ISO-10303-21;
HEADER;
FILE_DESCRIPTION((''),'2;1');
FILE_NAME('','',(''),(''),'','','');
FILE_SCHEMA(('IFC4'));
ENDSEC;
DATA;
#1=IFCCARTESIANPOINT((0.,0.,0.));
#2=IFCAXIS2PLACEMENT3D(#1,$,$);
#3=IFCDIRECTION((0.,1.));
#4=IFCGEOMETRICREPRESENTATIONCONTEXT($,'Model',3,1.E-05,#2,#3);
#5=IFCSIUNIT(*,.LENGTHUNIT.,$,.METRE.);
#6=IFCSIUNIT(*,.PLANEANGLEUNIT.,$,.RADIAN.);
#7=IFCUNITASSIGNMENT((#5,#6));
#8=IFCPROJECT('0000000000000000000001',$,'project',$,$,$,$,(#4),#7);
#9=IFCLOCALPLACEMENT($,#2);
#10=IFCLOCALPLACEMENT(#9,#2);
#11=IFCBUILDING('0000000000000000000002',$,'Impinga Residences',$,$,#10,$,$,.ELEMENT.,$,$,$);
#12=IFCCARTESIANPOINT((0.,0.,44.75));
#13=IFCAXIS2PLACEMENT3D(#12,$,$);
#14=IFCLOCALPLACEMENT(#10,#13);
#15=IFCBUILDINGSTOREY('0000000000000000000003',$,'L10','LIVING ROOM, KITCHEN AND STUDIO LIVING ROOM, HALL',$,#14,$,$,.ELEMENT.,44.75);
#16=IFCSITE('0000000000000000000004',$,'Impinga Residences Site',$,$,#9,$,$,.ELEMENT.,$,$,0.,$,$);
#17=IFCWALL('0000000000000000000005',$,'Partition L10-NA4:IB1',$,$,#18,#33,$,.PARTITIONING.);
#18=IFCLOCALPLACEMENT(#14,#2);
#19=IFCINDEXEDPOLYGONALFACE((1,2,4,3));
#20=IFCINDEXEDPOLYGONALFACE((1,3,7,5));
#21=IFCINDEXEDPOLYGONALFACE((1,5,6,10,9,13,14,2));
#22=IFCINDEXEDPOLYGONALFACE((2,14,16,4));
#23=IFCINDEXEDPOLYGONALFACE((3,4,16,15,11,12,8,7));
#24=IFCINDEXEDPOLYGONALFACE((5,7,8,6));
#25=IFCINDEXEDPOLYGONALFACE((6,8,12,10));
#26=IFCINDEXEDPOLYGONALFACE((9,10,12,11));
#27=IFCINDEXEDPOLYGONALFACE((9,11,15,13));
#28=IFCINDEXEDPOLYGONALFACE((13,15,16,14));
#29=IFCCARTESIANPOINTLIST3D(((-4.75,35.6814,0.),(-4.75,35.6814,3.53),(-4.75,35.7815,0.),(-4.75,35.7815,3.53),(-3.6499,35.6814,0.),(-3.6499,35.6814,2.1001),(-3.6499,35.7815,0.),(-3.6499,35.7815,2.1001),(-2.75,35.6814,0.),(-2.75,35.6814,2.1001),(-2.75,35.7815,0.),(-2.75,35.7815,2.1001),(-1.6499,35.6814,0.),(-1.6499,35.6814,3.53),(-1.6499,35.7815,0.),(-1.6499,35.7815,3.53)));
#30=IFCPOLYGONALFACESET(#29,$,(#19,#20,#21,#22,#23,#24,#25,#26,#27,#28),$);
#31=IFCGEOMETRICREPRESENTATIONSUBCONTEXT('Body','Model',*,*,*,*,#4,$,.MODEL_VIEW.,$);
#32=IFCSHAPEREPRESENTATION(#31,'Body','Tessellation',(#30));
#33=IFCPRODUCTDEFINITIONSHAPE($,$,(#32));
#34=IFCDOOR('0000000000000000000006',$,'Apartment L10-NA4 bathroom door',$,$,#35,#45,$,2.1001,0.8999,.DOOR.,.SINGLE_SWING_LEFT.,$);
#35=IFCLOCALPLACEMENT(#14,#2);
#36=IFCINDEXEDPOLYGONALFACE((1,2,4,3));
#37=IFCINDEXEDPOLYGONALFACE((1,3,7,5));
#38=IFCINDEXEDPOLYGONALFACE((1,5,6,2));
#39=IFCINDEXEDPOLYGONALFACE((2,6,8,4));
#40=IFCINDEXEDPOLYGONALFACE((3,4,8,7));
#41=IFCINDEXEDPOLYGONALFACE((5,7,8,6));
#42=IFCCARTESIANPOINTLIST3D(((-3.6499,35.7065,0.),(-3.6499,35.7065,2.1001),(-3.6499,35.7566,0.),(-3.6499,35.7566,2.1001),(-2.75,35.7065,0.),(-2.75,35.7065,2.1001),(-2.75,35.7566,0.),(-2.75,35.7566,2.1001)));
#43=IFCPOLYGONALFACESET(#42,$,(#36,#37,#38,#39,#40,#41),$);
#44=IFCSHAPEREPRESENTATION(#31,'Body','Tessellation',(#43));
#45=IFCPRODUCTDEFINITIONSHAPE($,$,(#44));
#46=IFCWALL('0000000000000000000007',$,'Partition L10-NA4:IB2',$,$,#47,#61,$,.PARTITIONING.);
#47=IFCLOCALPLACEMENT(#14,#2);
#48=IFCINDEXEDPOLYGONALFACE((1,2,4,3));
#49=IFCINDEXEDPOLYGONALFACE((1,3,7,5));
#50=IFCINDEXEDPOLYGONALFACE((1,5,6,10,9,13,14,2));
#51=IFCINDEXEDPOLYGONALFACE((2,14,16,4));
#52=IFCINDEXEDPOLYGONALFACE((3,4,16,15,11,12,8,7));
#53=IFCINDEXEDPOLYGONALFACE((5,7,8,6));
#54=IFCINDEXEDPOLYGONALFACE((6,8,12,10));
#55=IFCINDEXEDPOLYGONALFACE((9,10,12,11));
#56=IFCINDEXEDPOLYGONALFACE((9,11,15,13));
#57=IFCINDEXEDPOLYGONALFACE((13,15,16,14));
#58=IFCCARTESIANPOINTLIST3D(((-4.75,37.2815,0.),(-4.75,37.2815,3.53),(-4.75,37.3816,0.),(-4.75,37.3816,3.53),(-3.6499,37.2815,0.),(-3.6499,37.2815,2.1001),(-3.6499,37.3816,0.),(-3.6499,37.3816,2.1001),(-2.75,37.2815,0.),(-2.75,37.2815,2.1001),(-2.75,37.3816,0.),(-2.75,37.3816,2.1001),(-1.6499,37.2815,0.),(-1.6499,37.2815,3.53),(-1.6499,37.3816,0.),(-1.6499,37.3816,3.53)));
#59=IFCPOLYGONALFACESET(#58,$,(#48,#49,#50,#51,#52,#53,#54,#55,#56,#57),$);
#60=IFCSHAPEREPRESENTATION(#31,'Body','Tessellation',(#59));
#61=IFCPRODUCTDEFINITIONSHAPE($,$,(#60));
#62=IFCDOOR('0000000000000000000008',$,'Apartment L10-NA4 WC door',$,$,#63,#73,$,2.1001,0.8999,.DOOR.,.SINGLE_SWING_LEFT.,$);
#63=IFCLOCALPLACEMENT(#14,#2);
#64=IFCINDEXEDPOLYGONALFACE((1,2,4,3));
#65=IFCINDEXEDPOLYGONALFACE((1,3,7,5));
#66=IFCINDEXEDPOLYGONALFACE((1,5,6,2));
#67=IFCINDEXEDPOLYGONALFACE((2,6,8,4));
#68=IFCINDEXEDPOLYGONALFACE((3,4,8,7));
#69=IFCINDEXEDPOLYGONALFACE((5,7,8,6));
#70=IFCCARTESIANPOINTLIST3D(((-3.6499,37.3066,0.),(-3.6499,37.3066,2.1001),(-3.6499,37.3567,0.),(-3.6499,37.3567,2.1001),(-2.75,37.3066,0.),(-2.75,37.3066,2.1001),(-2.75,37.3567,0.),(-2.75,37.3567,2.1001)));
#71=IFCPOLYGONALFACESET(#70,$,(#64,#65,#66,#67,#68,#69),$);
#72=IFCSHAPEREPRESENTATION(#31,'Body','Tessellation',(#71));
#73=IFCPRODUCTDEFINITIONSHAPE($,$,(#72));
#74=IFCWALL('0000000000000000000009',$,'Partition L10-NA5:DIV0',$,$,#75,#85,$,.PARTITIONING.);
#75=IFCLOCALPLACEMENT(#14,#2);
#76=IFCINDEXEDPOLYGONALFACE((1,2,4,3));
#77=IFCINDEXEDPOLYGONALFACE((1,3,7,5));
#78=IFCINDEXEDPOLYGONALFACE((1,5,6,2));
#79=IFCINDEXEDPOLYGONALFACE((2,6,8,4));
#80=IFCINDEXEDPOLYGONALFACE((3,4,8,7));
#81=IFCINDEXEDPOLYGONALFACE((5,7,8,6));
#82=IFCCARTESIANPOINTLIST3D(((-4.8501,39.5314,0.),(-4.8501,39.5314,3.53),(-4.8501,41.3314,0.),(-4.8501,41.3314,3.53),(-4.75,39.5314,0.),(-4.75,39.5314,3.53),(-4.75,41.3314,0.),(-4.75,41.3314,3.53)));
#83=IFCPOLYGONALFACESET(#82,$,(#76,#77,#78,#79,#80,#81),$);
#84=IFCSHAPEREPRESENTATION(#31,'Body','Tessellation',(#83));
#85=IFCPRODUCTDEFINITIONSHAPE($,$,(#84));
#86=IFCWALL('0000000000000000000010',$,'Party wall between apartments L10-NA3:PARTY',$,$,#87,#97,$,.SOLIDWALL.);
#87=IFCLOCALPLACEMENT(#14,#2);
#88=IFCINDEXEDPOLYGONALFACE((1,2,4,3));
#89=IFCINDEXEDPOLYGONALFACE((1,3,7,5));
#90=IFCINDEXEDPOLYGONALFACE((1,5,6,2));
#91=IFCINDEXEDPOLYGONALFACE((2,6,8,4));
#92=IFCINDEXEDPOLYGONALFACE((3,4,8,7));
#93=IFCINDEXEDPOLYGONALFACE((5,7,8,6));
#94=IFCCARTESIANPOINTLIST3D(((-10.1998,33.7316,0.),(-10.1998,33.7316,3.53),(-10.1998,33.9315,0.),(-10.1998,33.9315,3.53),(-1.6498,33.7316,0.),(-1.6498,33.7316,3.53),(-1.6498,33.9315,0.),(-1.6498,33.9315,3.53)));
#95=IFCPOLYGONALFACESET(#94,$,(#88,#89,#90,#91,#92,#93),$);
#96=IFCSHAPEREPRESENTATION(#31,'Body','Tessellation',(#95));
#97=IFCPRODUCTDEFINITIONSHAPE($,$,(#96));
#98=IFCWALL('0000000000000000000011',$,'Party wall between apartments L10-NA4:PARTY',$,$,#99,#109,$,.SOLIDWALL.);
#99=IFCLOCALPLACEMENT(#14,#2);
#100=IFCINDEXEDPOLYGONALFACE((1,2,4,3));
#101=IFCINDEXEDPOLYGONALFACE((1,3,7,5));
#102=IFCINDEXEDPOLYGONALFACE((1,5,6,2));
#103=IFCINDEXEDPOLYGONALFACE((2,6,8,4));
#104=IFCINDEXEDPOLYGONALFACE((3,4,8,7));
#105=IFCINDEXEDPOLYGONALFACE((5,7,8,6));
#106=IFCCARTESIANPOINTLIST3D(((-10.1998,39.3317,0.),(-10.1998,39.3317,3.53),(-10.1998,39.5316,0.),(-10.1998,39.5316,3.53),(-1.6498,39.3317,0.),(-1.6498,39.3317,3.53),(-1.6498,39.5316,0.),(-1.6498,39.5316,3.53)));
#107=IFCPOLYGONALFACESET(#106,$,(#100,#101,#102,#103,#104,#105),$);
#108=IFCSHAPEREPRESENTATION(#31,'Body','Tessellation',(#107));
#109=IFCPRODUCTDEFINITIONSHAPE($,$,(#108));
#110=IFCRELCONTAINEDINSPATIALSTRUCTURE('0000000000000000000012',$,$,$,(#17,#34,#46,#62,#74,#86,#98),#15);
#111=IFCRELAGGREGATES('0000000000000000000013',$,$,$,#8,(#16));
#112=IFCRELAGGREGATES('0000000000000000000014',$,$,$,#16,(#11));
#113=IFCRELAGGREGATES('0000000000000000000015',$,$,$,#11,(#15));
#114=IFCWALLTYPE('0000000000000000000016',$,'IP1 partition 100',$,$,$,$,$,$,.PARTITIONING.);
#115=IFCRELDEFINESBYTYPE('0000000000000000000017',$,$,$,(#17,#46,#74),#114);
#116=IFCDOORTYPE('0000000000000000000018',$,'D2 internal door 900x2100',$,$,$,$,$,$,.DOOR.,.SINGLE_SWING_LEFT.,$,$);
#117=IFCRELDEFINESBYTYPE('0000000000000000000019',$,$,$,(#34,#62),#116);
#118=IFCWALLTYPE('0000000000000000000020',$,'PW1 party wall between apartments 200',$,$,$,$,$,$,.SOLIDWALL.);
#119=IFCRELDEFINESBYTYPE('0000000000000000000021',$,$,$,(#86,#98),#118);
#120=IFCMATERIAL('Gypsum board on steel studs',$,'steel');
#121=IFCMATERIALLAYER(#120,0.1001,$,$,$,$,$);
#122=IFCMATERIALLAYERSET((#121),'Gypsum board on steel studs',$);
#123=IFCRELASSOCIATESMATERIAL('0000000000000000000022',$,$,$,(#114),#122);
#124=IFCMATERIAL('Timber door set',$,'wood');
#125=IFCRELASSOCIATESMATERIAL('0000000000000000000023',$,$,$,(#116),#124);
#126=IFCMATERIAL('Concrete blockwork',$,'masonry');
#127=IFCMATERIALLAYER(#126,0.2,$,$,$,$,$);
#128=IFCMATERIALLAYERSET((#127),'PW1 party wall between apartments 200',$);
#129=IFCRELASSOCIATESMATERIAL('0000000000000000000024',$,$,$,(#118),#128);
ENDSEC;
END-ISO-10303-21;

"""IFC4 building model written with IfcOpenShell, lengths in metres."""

from ifc_helpers import new_model, si_unit, direction, frame, frame_2d, origin, place, context, subcontext, project, spatial, rectangle, extrude, material, layer, layer_set, type_object, element, fill, save


model = new_model("IFC4")

# Units and contexts
model_context = context("Model", 3, precision=1e-05, world=origin(), true_north=direction((0.0, 1.0)))
body_context = subcontext(model_context, "Body", "Model", "MODEL_VIEW")
ifc_project = project(units=[si_unit("LENGTHUNIT", "METRE"), si_unit("PLANEANGLEUNIT", "RADIAN")], contexts=[model_context])

# Site, building, storey
site_placement = place(None, origin())
site = spatial("IfcSite", under=ifc_project, at=site_placement, Name="Impinga Residences Site", CompositionType="ELEMENT", RefElevation=0.0)
building_placement = place(site_placement, origin())
building = spatial("IfcBuilding", under=site, at=building_placement, Name="Impinga Residences", CompositionType="ELEMENT")
storey_placement = place(building_placement, frame((0.0, 0.0, 44.75)))
storey = spatial("IfcBuildingStorey", under=building, at=storey_placement, Name="L10", Description="LIVING ROOM, KITCHEN AND STUDIO LIVING ROOM, HALL", CompositionType="ELEMENT", Elevation=44.75)

# Shared definitions
ifc_material_1 = material(Name="Gypsum board on steel studs", Category="steel")
ifc_layer_1 = layer(ifc_material_1, 0.1001)
ifc_layer_set_1 = layer_set([ifc_layer_1], Name="Gypsum board on steel studs")
wall_type_1 = type_object("IfcWallType", Name="IP1 partition 100", PredefinedType="PARTITIONING", material=ifc_layer_set_1)

# Shared definitions
ifc_material_2 = material(Name="Timber door set", Category="wood")
door_type = type_object("IfcDoorType", Name="D2 internal door 900x2100", OperationType="SINGLE_SWING_LEFT", PredefinedType="DOOR", material=ifc_material_2)

# Walls, openings, doors
wall_1_placement = place(storey_placement, frame((-1.6499, 35.7314, 0.0), z_axis=(0.0, 0.0, 1.0), x_axis=(-1.0, 0.0, 0.0)))
wall_1 = element("IfcWall", 1, at=wall_1_placement, inside=storey, type_object=wall_type_1, Name="Partition L10-NA4:IB1", PredefinedType="PARTITIONING", context=body_context, shape_type="SweptSolid", body=[
    extrude(rectangle(XDim=3.1001, YDim=0.1001, at=frame_2d((1.55, 0.0))), origin(), (0.0, 0.0, 1.0), 3.53),
])
opening_1_placement = place(wall_1_placement, frame((1.1001, 0.0, 0.0)))
opening_1 = element("IfcOpeningElement", 2, at=opening_1_placement, cuts=wall_1, PredefinedType="OPENING", context=body_context, shape_type="SweptSolid", body=[
    extrude(rectangle(XDim=0.8999, YDim=2.1001, at=frame_2d((0.45, 1.05))), frame((0.0, 0.0601, 0.0), z_axis=(0.0, -1.0, 0.0), x_axis=(1.0, 0.0, 0.0)), (0.0, 0.0, 1.0), 0.1201),
])
door_1_placement = place(opening_1_placement, origin())
door_1 = element("IfcDoor", 3, at=door_1_placement, inside=storey, type_object=door_type, Name="Apartment L10-NA4 bathroom door", OperationType="SINGLE_SWING_LEFT", OverallHeight=2.1001, OverallWidth=0.8999, PredefinedType="DOOR", context=body_context, shape_type="SweptSolid", body=[
    extrude(rectangle(XDim=0.8999, YDim=2.1001, at=frame_2d((0.45, 1.05))), frame((0.0, 0.0249, 0.0), z_axis=(0.0, -1.0, 0.0), x_axis=(1.0, 0.0, 0.0)), (0.0, 0.0, 1.0), 0.05),
])
fill(opening_1, door_1)
wall_2_placement = place(storey_placement, frame((-1.6499, 37.3315, 0.0), z_axis=(0.0, 0.0, 1.0), x_axis=(-1.0, 0.0, 0.0)))
wall_2 = element("IfcWall", 4, at=wall_2_placement, inside=storey, type_object=wall_type_1, Name="Partition L10-NA4:IB2", PredefinedType="PARTITIONING", context=body_context, shape_type="SweptSolid", body=[
    extrude(rectangle(XDim=3.1001, YDim=0.1001, at=frame_2d((1.55, 0.0))), origin(), (0.0, 0.0, 1.0), 3.53),
])
opening_2_placement = place(wall_2_placement, frame((1.1001, 0.0, 0.0)))
opening_2 = element("IfcOpeningElement", 5, at=opening_2_placement, cuts=wall_2, PredefinedType="OPENING", context=body_context, shape_type="SweptSolid", body=[
    extrude(rectangle(XDim=0.8999, YDim=2.1001, at=frame_2d((0.45, 1.05))), frame((0.0, 0.0601, 0.0), z_axis=(0.0, -1.0, 0.0), x_axis=(1.0, 0.0, 0.0)), (0.0, 0.0, 1.0), 0.1201),
])
door_2_placement = place(opening_2_placement, origin())
door_2 = element("IfcDoor", 6, at=door_2_placement, inside=storey, type_object=door_type, Name="Apartment L10-NA4 WC door", OperationType="SINGLE_SWING_LEFT", OverallHeight=2.1001, OverallWidth=0.8999, PredefinedType="DOOR", context=body_context, shape_type="SweptSolid", body=[
    extrude(rectangle(XDim=0.8999, YDim=2.1001, at=frame_2d((0.45, 1.05))), frame((0.0, 0.0249, 0.0), z_axis=(0.0, -1.0, 0.0), x_axis=(1.0, 0.0, 0.0)), (0.0, 0.0, 1.0), 0.05),
])
fill(opening_2, door_2)

# Walls
wall_3_placement = place(storey_placement, frame((-4.8, 39.5315, 0.0), z_axis=(0.0, 0.0, 1.0), x_axis=(0.0, 1.0, 0.0)))
element("IfcWall", 7, at=wall_3_placement, inside=storey, type_object=wall_type_1, Name="Partition L10-NA5:DIV0", PredefinedType="PARTITIONING", context=body_context, shape_type="SweptSolid", body=[
    extrude(rectangle(XDim=1.8, YDim=0.1001, at=frame_2d((0.8999, 0.0))), origin(), (0.0, 0.0, 1.0), 3.53),
])
ifc_material_3 = material(Name="Concrete blockwork", Category="masonry")
ifc_layer_2 = layer(ifc_material_3, 0.2)
ifc_layer_set_2 = layer_set([ifc_layer_2], Name="PW1 party wall between apartments 200")
wall_type_2 = type_object("IfcWallType", Name="PW1 party wall between apartments 200", PredefinedType="SOLIDWALL", material=ifc_layer_set_2)
for number, where, z_axis, x_axis, name in (
    (8, (-1.6499, 33.8315, 0.0), (0.0, 0.0, 1.0), (-1.0, 0.0, 0.0), "Party wall between apartments L10-NA3:PARTY"),
    (9, (-1.6499, 39.4316, 0.0), (0.0, 0.0, 1.0), (-1.0, 0.0, 0.0), "Party wall between apartments L10-NA4:PARTY"),
):
    element("IfcWall", number, at=place(storey_placement, frame(where, z_axis=z_axis, x_axis=x_axis)), inside=storey, type_object=wall_type_2, Name=name, PredefinedType="SOLIDWALL", context=body_context, shape_type="SweptSolid", body=[
        extrude(rectangle(XDim=8.55, YDim=0.2, at=frame_2d((4.2749, 0.0))), origin(), (0.0, 0.0, 1.0), 3.53),
    ])

save(model, "model.ifc")
